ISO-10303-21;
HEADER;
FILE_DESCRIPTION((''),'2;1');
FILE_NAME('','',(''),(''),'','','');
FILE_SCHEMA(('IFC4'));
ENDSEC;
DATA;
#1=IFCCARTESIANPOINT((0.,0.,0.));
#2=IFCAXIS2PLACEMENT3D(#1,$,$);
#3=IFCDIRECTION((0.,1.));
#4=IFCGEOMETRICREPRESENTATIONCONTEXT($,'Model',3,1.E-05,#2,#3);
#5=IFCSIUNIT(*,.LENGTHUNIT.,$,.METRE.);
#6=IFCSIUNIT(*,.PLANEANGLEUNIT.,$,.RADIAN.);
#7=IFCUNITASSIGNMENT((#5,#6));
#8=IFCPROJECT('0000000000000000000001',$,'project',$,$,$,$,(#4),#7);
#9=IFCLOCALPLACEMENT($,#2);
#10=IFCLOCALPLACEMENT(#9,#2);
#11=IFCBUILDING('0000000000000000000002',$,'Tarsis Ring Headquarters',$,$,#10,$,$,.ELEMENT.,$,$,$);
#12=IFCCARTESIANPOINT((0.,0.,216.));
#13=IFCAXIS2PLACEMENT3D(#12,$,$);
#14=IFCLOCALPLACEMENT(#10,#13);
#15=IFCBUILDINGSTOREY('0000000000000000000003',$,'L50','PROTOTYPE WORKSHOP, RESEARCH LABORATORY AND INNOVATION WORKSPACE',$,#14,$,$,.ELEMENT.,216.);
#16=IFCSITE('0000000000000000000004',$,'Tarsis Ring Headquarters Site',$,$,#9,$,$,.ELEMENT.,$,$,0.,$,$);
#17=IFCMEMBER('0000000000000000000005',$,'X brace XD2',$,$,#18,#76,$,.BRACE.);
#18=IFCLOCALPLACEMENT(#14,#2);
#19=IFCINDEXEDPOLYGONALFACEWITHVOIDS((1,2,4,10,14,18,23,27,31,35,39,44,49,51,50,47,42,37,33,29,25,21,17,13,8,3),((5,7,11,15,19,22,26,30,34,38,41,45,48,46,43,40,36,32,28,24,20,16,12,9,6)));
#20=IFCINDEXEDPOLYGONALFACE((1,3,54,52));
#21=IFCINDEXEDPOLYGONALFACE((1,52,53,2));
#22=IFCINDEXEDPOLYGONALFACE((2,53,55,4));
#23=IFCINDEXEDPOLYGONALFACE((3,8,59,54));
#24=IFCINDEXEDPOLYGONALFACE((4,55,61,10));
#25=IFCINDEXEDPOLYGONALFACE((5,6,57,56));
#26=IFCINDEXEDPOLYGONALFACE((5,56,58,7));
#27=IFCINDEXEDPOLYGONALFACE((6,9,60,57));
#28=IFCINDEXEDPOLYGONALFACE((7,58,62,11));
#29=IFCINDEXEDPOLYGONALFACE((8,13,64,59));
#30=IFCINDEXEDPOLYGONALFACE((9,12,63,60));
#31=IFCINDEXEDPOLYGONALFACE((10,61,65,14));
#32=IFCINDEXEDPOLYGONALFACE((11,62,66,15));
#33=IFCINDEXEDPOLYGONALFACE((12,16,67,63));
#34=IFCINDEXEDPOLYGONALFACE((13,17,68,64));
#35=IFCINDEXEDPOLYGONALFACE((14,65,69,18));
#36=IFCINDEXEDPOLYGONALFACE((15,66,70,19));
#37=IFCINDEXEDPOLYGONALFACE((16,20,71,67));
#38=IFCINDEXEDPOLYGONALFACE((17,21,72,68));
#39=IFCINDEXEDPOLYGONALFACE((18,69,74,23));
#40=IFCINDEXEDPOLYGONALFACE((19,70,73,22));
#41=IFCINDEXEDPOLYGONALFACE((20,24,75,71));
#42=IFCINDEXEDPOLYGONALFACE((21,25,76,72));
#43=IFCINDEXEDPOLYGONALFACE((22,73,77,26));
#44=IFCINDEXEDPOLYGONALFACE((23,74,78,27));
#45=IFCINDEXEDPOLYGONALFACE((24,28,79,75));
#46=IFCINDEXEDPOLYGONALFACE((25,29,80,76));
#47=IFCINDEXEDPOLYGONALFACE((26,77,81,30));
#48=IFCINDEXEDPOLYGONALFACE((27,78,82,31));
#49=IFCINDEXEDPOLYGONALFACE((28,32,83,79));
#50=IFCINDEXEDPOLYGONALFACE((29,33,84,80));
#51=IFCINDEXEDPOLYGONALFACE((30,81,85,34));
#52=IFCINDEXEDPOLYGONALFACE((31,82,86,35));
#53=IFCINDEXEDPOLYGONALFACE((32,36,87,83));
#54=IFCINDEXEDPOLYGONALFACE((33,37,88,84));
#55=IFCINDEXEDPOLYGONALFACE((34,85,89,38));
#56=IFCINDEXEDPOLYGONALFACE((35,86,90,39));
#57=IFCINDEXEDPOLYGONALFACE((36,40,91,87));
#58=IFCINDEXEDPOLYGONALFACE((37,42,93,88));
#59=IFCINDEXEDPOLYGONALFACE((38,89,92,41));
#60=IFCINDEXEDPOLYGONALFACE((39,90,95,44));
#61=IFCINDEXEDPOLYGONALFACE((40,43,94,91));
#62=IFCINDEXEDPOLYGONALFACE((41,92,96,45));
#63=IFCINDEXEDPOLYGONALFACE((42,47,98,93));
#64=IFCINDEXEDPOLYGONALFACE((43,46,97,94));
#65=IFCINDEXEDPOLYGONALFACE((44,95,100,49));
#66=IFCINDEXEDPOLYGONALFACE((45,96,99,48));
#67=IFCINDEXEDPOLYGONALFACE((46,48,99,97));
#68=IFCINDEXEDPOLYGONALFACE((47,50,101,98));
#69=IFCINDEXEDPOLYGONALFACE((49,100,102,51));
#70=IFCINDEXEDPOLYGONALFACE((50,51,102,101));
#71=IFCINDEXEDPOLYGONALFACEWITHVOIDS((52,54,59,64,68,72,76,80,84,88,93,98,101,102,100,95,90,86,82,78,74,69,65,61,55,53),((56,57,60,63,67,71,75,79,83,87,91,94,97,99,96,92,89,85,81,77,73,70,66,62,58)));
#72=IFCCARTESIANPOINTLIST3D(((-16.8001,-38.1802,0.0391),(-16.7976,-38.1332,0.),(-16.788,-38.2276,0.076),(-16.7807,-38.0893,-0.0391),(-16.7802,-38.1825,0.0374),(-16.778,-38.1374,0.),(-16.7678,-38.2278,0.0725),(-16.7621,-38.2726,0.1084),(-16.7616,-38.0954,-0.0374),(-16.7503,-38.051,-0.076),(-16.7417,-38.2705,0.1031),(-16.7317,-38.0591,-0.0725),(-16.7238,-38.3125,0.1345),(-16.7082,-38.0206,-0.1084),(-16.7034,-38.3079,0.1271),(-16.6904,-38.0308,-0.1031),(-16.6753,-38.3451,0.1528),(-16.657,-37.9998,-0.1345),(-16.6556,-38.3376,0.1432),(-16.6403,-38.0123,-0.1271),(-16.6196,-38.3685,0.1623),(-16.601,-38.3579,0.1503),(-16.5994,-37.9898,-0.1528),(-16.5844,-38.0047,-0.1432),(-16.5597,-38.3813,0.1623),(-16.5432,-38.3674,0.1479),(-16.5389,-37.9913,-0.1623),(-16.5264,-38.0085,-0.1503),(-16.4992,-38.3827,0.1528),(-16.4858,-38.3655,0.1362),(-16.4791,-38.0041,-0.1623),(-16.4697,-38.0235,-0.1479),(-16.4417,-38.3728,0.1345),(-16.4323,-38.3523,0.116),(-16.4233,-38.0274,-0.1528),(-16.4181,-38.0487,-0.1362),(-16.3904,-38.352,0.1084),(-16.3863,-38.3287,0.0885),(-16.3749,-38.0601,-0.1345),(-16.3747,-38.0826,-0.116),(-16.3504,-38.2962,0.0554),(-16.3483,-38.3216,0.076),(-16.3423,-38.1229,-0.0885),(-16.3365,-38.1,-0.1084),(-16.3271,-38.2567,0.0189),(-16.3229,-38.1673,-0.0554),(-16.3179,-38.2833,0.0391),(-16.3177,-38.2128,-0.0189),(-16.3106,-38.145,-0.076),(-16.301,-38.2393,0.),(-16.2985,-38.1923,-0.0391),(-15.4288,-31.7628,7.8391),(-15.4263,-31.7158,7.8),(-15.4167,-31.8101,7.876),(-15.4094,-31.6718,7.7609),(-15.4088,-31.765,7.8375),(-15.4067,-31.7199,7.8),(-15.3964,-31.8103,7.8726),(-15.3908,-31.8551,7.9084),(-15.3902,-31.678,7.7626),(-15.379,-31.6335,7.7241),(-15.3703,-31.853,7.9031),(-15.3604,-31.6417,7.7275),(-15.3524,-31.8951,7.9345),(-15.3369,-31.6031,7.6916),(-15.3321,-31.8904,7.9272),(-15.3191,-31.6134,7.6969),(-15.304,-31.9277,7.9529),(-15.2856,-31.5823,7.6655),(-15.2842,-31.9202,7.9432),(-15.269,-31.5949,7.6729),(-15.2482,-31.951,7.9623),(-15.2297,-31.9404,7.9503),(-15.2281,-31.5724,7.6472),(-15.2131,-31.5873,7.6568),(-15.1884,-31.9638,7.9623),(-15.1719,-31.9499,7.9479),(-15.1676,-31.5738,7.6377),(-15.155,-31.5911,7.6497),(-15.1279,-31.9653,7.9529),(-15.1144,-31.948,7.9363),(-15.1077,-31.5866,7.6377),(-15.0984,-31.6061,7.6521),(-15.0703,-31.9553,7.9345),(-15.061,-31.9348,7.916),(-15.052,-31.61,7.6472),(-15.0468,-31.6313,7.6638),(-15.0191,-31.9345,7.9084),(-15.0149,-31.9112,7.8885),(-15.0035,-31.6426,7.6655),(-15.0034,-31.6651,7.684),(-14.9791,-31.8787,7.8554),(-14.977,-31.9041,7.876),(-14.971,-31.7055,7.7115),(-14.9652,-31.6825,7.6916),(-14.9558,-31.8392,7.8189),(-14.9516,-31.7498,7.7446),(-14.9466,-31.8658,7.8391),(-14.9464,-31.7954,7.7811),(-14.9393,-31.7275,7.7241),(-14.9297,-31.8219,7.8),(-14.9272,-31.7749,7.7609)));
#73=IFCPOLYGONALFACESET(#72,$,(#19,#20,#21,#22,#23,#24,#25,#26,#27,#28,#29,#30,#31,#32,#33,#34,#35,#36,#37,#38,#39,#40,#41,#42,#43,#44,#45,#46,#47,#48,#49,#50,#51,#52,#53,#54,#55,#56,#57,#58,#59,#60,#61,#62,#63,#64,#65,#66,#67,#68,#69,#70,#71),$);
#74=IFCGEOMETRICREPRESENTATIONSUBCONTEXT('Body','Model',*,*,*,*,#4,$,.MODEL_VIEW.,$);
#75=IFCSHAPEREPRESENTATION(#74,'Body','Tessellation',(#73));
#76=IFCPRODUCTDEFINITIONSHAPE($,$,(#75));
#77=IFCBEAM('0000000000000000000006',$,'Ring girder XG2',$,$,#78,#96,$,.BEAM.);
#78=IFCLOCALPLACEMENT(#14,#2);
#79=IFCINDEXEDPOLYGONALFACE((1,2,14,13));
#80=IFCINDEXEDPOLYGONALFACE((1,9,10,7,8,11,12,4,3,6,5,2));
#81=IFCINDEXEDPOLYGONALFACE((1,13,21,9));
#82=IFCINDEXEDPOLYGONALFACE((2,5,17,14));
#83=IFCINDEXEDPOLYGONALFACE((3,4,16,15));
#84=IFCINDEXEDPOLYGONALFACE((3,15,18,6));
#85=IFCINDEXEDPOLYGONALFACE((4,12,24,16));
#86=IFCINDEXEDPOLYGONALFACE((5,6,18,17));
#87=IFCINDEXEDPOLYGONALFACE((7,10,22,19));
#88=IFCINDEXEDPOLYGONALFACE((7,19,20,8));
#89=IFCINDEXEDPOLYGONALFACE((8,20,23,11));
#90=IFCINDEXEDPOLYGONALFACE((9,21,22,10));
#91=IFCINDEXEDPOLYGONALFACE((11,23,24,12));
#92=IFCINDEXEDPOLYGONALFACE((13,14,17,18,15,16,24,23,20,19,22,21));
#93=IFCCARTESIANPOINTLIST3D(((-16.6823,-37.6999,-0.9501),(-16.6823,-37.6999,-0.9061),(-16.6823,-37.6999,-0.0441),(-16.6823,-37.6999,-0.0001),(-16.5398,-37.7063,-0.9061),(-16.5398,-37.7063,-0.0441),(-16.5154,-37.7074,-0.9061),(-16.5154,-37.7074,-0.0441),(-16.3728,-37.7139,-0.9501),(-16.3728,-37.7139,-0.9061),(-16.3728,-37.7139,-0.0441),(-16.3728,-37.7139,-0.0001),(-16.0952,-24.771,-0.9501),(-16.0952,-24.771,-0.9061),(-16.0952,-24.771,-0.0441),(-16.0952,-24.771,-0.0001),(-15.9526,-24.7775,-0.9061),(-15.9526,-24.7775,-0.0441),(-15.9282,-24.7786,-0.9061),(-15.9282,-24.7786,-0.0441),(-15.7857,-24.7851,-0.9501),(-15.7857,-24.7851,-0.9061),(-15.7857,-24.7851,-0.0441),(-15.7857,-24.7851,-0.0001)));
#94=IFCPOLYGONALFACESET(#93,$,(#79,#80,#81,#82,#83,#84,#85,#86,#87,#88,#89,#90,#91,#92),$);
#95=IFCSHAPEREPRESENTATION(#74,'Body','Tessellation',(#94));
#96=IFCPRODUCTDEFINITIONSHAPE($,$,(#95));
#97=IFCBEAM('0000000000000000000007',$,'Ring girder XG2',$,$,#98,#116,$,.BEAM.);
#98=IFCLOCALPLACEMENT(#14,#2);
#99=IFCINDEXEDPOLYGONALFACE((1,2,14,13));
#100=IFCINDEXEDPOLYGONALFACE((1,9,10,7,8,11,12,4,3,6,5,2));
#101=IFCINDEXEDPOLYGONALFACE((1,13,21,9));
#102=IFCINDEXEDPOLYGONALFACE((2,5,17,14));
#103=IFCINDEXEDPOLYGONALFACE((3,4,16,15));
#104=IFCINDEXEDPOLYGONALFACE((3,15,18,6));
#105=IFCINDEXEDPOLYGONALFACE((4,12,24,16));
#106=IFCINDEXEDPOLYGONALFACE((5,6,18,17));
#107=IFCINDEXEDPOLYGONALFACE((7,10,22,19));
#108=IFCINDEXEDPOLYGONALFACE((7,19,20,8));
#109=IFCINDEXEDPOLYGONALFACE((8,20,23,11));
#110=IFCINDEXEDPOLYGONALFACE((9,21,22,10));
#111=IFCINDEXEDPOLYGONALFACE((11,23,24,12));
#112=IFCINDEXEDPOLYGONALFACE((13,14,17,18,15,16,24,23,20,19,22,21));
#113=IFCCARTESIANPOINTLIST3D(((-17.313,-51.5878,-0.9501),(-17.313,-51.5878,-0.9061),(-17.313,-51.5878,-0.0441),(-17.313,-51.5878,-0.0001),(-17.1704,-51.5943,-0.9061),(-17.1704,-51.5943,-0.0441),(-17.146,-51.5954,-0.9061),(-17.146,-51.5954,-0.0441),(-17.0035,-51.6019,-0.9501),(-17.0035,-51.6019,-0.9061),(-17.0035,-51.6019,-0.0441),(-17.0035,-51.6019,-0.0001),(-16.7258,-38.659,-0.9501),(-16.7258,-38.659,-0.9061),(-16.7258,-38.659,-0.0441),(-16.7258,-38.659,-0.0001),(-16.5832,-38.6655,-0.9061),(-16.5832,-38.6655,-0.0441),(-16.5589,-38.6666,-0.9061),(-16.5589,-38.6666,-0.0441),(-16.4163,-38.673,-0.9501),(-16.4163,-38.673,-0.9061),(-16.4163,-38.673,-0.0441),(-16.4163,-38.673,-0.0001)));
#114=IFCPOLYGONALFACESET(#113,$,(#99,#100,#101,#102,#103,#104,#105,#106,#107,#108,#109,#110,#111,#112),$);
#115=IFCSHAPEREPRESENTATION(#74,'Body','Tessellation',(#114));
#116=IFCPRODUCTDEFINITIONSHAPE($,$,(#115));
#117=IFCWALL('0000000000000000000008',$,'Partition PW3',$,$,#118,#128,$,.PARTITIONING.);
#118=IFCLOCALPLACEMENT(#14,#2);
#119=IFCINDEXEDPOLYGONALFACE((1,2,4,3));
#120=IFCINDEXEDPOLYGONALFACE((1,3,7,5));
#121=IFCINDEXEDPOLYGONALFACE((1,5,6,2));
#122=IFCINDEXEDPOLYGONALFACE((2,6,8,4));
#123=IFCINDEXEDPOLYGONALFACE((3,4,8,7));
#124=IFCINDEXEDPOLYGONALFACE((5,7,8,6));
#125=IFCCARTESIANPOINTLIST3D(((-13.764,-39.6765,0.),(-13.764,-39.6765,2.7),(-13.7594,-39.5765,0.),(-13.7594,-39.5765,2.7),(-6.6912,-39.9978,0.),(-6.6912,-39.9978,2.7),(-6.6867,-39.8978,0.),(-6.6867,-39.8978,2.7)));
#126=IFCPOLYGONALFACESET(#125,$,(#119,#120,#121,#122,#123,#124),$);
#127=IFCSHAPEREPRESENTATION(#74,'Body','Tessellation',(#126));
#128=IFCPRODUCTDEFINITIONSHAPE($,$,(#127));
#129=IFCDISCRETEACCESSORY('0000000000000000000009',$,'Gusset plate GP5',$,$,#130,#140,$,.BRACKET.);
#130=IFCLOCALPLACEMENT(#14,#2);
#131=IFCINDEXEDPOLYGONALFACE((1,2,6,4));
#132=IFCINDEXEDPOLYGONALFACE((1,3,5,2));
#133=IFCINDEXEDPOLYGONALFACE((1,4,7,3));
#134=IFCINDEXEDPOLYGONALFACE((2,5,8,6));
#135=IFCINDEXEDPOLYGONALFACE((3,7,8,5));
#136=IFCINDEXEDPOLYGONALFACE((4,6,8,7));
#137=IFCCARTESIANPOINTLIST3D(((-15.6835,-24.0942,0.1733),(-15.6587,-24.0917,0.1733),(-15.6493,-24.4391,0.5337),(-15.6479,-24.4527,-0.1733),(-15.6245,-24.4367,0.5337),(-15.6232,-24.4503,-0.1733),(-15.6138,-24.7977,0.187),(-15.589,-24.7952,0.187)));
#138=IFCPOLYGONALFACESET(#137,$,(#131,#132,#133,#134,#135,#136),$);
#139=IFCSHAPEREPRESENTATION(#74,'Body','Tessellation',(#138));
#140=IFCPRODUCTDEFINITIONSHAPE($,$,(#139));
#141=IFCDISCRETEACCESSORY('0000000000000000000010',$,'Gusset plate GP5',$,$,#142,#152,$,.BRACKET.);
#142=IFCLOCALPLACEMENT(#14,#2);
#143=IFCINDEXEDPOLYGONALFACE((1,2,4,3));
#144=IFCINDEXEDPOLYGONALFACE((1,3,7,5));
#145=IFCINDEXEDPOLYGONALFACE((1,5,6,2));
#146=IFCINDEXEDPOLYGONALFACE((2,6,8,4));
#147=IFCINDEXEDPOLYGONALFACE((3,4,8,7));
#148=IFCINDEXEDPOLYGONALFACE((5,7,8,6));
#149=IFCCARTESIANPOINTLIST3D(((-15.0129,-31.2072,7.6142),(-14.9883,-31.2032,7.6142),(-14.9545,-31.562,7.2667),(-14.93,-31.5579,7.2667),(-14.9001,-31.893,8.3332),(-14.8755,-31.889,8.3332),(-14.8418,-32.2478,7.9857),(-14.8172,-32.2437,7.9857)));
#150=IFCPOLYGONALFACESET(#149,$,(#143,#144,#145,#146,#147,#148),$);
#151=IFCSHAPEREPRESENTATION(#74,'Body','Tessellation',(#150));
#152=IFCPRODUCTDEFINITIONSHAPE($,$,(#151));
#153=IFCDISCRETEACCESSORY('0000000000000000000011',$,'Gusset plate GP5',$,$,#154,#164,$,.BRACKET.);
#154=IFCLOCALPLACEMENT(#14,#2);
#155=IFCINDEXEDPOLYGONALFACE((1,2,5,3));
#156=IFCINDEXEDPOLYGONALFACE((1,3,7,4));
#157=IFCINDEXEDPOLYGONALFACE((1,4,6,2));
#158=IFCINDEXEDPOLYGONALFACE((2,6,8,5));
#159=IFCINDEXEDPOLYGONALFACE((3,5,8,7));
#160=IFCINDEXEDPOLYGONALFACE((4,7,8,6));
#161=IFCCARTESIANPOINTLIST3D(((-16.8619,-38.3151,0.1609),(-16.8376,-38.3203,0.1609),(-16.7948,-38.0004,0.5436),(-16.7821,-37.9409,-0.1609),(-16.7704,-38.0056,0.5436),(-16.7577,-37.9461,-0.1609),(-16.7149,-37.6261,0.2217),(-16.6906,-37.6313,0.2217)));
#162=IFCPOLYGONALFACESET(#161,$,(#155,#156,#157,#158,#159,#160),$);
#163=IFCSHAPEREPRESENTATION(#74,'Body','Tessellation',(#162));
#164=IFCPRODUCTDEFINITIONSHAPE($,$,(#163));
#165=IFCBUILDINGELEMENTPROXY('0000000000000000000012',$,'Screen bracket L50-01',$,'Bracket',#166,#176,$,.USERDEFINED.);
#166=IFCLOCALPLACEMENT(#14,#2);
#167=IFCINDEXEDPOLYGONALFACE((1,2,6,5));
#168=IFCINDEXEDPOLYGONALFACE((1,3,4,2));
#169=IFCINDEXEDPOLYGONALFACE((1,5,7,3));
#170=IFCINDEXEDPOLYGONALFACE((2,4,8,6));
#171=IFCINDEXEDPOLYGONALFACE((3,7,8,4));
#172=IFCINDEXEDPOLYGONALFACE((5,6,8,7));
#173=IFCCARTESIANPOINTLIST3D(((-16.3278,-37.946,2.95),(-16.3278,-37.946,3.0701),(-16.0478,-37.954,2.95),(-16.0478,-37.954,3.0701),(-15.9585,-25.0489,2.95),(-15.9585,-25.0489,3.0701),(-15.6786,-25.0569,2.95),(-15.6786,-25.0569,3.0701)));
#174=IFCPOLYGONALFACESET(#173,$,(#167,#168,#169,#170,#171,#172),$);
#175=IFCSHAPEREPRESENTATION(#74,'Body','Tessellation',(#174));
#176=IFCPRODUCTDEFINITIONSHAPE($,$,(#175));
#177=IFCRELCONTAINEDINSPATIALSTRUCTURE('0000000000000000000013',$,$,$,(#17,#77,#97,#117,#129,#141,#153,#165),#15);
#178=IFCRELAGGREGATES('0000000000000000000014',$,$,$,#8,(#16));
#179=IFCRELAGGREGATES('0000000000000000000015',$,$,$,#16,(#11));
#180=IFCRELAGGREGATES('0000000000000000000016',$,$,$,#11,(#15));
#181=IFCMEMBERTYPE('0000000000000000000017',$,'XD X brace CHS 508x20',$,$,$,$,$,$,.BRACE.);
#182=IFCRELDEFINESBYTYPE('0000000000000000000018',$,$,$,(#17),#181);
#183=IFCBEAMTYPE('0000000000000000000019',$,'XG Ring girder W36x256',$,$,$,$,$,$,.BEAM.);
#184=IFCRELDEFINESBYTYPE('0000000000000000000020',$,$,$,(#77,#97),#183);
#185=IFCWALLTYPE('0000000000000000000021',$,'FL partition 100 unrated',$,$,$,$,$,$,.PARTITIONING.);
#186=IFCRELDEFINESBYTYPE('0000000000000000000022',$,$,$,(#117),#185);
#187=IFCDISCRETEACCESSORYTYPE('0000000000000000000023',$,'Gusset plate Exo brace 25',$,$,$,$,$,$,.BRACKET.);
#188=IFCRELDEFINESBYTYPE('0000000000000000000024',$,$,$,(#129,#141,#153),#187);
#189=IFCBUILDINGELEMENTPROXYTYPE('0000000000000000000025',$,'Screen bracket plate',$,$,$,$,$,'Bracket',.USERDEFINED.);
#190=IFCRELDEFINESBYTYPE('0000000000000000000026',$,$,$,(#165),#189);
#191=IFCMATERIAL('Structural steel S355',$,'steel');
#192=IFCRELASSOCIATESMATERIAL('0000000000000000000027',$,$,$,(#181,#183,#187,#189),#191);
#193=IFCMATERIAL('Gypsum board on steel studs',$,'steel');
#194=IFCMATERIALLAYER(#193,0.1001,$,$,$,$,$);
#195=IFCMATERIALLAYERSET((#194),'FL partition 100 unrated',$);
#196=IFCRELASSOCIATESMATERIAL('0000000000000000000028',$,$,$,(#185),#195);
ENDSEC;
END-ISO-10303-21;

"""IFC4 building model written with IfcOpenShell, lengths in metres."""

from ifc_helpers import new_model, si_unit, direction, frame, frame_2d, origin, origin_2d, place, context, subcontext, project, spatial, rectangle, hollow_circle, i_section, extrude, material, layer, layer_set, material_profile, profile_set, type_object, element, save


model = new_model("IFC4")

# Units and contexts
model_context = context("Model", 3, precision=1e-05, world=origin(), true_north=direction((0.0, 1.0)))
body_context = subcontext(model_context, "Body", "Model", "MODEL_VIEW")
ifc_project = project(units=[si_unit("LENGTHUNIT", "METRE"), si_unit("PLANEANGLEUNIT", "RADIAN")], contexts=[model_context])

# Site, building, storey
site_placement = place(None, origin())
site = spatial("IfcSite", under=ifc_project, at=site_placement, Name="Tarsis Ring Headquarters Site", CompositionType="ELEMENT", RefElevation=0.0)
building_placement = place(site_placement, origin())
building = spatial("IfcBuilding", under=site, at=building_placement, Name="Tarsis Ring Headquarters", CompositionType="ELEMENT")
storey_placement = place(building_placement, frame((0.0, 0.0, 216.0)))
storey = spatial("IfcBuildingStorey", under=building, at=storey_placement, Name="L50", Description="PROTOTYPE WORKSHOP, RESEARCH LABORATORY AND INNOVATION WORKSPACE", CompositionType="ELEMENT", Elevation=216.0)

# Shared definitions
ifc_material_1 = material(Name="Structural steel S355", Category="steel")

# Shared definitions
ifc_material_profile_1 = material_profile(ifc_material_1, i_section(OverallWidth=0.3098, OverallDepth=0.95, WebThickness=0.0244, FlangeThickness=0.0439, at=origin_2d()), Name="W36x256")
ifc_profile_set_1 = profile_set([ifc_material_profile_1], Name="Structural steel S355")

# Member
ifc_material_profile_2 = material_profile(ifc_material_1, hollow_circle(Radius=0.2539, WallThickness=0.02, at=origin_2d()), Name="CHS 508x20")
ifc_profile_set_2 = profile_set([ifc_material_profile_2], Name="Structural steel S355")
member_type = type_object("IfcMemberType", Name="XD X brace CHS 508x20", PredefinedType="BRACE", material=ifc_profile_set_2)
member_1_placement = place(storey_placement, frame((-16.5493, -38.1863, 0.0), z_axis=(0.134532, 0.629572, 0.765206), x_axis=(-0.977922, 0.20897, 0.0)))
element("IfcMember", 1, at=member_1_placement, inside=storey, type_object=member_type, Name="X brace XD2", PredefinedType="BRACE", context=body_context, shape_type="SweptSolid", body=[
    extrude(hollow_circle(Radius=0.2539, WallThickness=0.02, at=origin_2d()), origin(), (0.0, 0.0, 1.0), 10.1934),
])

# Beams
beam_type_1 = type_object("IfcBeamType", Name="XG Ring girder W36x256", PredefinedType="BEAM", material=ifc_profile_set_1)
for number, where, z_axis, x_axis, name in (
    (2, (-15.9404, -24.7781, -0.4751), (-0.045368, -0.99897, 0.0), (0.99897, -0.045368, 0.0), "Ring girder XG2"),
    (3, (-16.571, -38.666, -0.4751), (-0.045368, -0.99897, 0.0), (0.99897, -0.045368, 0.0), "Ring girder XG2"),
):
    element("IfcBeam", number, at=place(storey_placement, frame(where, z_axis=z_axis, x_axis=x_axis)), inside=storey, type_object=beam_type_1, Name=name, PredefinedType="BEAM", context=body_context, shape_type="SweptSolid", body=[
        extrude(i_section(OverallWidth=0.3098, OverallDepth=0.95, WebThickness=0.0244, FlangeThickness=0.0439, at=origin_2d()), origin(), (0.0, 0.0, 1.0), 12.9421),
    ])

# Wall
ifc_material_2 = material(Name="Gypsum board on steel studs", Category="steel")
ifc_layer = layer(ifc_material_2, 0.1001)
ifc_layer_set = layer_set([ifc_layer], Name="FL partition 100 unrated")
wall_type = type_object("IfcWallType", Name="FL partition 100 unrated", PredefinedType="PARTITIONING", material=ifc_layer_set)
wall_placement = place(storey_placement, frame((-13.7617, -39.6265, 0.0), z_axis=(0.0, 0.0, 1.0), x_axis=(0.99897, -0.04538, 0.0)))
element("IfcWall", 4, at=wall_placement, inside=storey, type_object=wall_type, Name="Partition PW3", PredefinedType="PARTITIONING", context=body_context, shape_type="SweptSolid", body=[
    extrude(rectangle(XDim=7.0801, YDim=0.1001, at=frame_2d((3.54, 0.0))), origin(), (0.0, 0.0, 1.0), 2.7),
])

# Discrete accessories
ifc_material_profile_3 = material_profile(ifc_material_1, rectangle(XDim=0.0249, YDim=0.5, at=origin_2d()), Name="PL 25x500")
ifc_profile_set_3 = profile_set([ifc_material_profile_3], Name="Structural steel S355")
discrete_accessory_type = type_object("IfcDiscreteAccessoryType", Name="Gusset plate Exo brace 25", PredefinedType="BRACKET", material=ifc_profile_set_3)
discrete_accessory_1_placement = place(storey_placement, frame((-15.6533, -24.2722, 0.0), z_axis=(0.068356, -0.689905, 0.720665), x_axis=(0.995127, 0.098597, 0.0)))
element("IfcDiscreteAccessory", 5, at=discrete_accessory_1_placement, inside=storey, type_object=discrete_accessory_type, Name="Gusset plate GP5", PredefinedType="BRACKET", context=body_context, shape_type="SweptSolid", body=[
    extrude(rectangle(XDim=0.0249, YDim=0.5, at=origin_2d()), origin(), (0.0, 0.0, 1.0), 0.5),
])
discrete_accessory_2_placement = place(storey_placement, frame((-14.9714, -31.3826, 7.4404), z_axis=(0.112794, -0.685796, 0.719), x_axis=(0.986743, 0.162291, 0.0)))
element("IfcDiscreteAccessory", 6, at=discrete_accessory_2_placement, inside=storey, type_object=discrete_accessory_type, Name="Gusset plate GP5", PredefinedType="BRACKET", context=body_context, shape_type="SweptSolid", body=[
    extrude(rectangle(XDim=0.0249, YDim=0.5, at=origin_2d()), origin(), (0.0, 0.0, 1.0), 1.0),
])
discrete_accessory_3_placement = place(storey_placement, frame((-16.8098, -38.1306, 0.0), z_axis=(0.134304, 0.62952, 0.765289), x_axis=(-0.977991, 0.208648, 0.0)))
element("IfcDiscreteAccessory", 7, at=discrete_accessory_3_placement, inside=storey, type_object=discrete_accessory_type, Name="Gusset plate GP5", PredefinedType="BRACKET", context=body_context, shape_type="SweptSolid", body=[
    extrude(rectangle(XDim=0.0249, YDim=0.5, at=origin_2d()), origin(), (0.0, 0.0, 1.0), 0.5),
])

# Building element proxy
building_element_proxy_type = type_object("IfcBuildingElementProxyType", Name="Screen bracket plate", ElementType="Bracket", PredefinedType="USERDEFINED", material=ifc_material_1)
proxy_placement = place(storey_placement, frame((-16.0032, -31.5015, 2.95), z_axis=(0.0, 0.0, 1.0), x_axis=(-0.028619, -0.99959, 0.0)))
element("IfcBuildingElementProxy", 8, at=proxy_placement, inside=storey, type_object=building_element_proxy_type, Name="Screen bracket L50-01", ObjectType="Bracket", PredefinedType="USERDEFINED", context=body_context, shape_type="SweptSolid", body=[
    extrude(rectangle(XDim=12.9023, YDim=0.28, at=origin_2d()), origin(), (0.0, 0.0, 1.0), 0.1201),
])

save(model, "model.ifc")
